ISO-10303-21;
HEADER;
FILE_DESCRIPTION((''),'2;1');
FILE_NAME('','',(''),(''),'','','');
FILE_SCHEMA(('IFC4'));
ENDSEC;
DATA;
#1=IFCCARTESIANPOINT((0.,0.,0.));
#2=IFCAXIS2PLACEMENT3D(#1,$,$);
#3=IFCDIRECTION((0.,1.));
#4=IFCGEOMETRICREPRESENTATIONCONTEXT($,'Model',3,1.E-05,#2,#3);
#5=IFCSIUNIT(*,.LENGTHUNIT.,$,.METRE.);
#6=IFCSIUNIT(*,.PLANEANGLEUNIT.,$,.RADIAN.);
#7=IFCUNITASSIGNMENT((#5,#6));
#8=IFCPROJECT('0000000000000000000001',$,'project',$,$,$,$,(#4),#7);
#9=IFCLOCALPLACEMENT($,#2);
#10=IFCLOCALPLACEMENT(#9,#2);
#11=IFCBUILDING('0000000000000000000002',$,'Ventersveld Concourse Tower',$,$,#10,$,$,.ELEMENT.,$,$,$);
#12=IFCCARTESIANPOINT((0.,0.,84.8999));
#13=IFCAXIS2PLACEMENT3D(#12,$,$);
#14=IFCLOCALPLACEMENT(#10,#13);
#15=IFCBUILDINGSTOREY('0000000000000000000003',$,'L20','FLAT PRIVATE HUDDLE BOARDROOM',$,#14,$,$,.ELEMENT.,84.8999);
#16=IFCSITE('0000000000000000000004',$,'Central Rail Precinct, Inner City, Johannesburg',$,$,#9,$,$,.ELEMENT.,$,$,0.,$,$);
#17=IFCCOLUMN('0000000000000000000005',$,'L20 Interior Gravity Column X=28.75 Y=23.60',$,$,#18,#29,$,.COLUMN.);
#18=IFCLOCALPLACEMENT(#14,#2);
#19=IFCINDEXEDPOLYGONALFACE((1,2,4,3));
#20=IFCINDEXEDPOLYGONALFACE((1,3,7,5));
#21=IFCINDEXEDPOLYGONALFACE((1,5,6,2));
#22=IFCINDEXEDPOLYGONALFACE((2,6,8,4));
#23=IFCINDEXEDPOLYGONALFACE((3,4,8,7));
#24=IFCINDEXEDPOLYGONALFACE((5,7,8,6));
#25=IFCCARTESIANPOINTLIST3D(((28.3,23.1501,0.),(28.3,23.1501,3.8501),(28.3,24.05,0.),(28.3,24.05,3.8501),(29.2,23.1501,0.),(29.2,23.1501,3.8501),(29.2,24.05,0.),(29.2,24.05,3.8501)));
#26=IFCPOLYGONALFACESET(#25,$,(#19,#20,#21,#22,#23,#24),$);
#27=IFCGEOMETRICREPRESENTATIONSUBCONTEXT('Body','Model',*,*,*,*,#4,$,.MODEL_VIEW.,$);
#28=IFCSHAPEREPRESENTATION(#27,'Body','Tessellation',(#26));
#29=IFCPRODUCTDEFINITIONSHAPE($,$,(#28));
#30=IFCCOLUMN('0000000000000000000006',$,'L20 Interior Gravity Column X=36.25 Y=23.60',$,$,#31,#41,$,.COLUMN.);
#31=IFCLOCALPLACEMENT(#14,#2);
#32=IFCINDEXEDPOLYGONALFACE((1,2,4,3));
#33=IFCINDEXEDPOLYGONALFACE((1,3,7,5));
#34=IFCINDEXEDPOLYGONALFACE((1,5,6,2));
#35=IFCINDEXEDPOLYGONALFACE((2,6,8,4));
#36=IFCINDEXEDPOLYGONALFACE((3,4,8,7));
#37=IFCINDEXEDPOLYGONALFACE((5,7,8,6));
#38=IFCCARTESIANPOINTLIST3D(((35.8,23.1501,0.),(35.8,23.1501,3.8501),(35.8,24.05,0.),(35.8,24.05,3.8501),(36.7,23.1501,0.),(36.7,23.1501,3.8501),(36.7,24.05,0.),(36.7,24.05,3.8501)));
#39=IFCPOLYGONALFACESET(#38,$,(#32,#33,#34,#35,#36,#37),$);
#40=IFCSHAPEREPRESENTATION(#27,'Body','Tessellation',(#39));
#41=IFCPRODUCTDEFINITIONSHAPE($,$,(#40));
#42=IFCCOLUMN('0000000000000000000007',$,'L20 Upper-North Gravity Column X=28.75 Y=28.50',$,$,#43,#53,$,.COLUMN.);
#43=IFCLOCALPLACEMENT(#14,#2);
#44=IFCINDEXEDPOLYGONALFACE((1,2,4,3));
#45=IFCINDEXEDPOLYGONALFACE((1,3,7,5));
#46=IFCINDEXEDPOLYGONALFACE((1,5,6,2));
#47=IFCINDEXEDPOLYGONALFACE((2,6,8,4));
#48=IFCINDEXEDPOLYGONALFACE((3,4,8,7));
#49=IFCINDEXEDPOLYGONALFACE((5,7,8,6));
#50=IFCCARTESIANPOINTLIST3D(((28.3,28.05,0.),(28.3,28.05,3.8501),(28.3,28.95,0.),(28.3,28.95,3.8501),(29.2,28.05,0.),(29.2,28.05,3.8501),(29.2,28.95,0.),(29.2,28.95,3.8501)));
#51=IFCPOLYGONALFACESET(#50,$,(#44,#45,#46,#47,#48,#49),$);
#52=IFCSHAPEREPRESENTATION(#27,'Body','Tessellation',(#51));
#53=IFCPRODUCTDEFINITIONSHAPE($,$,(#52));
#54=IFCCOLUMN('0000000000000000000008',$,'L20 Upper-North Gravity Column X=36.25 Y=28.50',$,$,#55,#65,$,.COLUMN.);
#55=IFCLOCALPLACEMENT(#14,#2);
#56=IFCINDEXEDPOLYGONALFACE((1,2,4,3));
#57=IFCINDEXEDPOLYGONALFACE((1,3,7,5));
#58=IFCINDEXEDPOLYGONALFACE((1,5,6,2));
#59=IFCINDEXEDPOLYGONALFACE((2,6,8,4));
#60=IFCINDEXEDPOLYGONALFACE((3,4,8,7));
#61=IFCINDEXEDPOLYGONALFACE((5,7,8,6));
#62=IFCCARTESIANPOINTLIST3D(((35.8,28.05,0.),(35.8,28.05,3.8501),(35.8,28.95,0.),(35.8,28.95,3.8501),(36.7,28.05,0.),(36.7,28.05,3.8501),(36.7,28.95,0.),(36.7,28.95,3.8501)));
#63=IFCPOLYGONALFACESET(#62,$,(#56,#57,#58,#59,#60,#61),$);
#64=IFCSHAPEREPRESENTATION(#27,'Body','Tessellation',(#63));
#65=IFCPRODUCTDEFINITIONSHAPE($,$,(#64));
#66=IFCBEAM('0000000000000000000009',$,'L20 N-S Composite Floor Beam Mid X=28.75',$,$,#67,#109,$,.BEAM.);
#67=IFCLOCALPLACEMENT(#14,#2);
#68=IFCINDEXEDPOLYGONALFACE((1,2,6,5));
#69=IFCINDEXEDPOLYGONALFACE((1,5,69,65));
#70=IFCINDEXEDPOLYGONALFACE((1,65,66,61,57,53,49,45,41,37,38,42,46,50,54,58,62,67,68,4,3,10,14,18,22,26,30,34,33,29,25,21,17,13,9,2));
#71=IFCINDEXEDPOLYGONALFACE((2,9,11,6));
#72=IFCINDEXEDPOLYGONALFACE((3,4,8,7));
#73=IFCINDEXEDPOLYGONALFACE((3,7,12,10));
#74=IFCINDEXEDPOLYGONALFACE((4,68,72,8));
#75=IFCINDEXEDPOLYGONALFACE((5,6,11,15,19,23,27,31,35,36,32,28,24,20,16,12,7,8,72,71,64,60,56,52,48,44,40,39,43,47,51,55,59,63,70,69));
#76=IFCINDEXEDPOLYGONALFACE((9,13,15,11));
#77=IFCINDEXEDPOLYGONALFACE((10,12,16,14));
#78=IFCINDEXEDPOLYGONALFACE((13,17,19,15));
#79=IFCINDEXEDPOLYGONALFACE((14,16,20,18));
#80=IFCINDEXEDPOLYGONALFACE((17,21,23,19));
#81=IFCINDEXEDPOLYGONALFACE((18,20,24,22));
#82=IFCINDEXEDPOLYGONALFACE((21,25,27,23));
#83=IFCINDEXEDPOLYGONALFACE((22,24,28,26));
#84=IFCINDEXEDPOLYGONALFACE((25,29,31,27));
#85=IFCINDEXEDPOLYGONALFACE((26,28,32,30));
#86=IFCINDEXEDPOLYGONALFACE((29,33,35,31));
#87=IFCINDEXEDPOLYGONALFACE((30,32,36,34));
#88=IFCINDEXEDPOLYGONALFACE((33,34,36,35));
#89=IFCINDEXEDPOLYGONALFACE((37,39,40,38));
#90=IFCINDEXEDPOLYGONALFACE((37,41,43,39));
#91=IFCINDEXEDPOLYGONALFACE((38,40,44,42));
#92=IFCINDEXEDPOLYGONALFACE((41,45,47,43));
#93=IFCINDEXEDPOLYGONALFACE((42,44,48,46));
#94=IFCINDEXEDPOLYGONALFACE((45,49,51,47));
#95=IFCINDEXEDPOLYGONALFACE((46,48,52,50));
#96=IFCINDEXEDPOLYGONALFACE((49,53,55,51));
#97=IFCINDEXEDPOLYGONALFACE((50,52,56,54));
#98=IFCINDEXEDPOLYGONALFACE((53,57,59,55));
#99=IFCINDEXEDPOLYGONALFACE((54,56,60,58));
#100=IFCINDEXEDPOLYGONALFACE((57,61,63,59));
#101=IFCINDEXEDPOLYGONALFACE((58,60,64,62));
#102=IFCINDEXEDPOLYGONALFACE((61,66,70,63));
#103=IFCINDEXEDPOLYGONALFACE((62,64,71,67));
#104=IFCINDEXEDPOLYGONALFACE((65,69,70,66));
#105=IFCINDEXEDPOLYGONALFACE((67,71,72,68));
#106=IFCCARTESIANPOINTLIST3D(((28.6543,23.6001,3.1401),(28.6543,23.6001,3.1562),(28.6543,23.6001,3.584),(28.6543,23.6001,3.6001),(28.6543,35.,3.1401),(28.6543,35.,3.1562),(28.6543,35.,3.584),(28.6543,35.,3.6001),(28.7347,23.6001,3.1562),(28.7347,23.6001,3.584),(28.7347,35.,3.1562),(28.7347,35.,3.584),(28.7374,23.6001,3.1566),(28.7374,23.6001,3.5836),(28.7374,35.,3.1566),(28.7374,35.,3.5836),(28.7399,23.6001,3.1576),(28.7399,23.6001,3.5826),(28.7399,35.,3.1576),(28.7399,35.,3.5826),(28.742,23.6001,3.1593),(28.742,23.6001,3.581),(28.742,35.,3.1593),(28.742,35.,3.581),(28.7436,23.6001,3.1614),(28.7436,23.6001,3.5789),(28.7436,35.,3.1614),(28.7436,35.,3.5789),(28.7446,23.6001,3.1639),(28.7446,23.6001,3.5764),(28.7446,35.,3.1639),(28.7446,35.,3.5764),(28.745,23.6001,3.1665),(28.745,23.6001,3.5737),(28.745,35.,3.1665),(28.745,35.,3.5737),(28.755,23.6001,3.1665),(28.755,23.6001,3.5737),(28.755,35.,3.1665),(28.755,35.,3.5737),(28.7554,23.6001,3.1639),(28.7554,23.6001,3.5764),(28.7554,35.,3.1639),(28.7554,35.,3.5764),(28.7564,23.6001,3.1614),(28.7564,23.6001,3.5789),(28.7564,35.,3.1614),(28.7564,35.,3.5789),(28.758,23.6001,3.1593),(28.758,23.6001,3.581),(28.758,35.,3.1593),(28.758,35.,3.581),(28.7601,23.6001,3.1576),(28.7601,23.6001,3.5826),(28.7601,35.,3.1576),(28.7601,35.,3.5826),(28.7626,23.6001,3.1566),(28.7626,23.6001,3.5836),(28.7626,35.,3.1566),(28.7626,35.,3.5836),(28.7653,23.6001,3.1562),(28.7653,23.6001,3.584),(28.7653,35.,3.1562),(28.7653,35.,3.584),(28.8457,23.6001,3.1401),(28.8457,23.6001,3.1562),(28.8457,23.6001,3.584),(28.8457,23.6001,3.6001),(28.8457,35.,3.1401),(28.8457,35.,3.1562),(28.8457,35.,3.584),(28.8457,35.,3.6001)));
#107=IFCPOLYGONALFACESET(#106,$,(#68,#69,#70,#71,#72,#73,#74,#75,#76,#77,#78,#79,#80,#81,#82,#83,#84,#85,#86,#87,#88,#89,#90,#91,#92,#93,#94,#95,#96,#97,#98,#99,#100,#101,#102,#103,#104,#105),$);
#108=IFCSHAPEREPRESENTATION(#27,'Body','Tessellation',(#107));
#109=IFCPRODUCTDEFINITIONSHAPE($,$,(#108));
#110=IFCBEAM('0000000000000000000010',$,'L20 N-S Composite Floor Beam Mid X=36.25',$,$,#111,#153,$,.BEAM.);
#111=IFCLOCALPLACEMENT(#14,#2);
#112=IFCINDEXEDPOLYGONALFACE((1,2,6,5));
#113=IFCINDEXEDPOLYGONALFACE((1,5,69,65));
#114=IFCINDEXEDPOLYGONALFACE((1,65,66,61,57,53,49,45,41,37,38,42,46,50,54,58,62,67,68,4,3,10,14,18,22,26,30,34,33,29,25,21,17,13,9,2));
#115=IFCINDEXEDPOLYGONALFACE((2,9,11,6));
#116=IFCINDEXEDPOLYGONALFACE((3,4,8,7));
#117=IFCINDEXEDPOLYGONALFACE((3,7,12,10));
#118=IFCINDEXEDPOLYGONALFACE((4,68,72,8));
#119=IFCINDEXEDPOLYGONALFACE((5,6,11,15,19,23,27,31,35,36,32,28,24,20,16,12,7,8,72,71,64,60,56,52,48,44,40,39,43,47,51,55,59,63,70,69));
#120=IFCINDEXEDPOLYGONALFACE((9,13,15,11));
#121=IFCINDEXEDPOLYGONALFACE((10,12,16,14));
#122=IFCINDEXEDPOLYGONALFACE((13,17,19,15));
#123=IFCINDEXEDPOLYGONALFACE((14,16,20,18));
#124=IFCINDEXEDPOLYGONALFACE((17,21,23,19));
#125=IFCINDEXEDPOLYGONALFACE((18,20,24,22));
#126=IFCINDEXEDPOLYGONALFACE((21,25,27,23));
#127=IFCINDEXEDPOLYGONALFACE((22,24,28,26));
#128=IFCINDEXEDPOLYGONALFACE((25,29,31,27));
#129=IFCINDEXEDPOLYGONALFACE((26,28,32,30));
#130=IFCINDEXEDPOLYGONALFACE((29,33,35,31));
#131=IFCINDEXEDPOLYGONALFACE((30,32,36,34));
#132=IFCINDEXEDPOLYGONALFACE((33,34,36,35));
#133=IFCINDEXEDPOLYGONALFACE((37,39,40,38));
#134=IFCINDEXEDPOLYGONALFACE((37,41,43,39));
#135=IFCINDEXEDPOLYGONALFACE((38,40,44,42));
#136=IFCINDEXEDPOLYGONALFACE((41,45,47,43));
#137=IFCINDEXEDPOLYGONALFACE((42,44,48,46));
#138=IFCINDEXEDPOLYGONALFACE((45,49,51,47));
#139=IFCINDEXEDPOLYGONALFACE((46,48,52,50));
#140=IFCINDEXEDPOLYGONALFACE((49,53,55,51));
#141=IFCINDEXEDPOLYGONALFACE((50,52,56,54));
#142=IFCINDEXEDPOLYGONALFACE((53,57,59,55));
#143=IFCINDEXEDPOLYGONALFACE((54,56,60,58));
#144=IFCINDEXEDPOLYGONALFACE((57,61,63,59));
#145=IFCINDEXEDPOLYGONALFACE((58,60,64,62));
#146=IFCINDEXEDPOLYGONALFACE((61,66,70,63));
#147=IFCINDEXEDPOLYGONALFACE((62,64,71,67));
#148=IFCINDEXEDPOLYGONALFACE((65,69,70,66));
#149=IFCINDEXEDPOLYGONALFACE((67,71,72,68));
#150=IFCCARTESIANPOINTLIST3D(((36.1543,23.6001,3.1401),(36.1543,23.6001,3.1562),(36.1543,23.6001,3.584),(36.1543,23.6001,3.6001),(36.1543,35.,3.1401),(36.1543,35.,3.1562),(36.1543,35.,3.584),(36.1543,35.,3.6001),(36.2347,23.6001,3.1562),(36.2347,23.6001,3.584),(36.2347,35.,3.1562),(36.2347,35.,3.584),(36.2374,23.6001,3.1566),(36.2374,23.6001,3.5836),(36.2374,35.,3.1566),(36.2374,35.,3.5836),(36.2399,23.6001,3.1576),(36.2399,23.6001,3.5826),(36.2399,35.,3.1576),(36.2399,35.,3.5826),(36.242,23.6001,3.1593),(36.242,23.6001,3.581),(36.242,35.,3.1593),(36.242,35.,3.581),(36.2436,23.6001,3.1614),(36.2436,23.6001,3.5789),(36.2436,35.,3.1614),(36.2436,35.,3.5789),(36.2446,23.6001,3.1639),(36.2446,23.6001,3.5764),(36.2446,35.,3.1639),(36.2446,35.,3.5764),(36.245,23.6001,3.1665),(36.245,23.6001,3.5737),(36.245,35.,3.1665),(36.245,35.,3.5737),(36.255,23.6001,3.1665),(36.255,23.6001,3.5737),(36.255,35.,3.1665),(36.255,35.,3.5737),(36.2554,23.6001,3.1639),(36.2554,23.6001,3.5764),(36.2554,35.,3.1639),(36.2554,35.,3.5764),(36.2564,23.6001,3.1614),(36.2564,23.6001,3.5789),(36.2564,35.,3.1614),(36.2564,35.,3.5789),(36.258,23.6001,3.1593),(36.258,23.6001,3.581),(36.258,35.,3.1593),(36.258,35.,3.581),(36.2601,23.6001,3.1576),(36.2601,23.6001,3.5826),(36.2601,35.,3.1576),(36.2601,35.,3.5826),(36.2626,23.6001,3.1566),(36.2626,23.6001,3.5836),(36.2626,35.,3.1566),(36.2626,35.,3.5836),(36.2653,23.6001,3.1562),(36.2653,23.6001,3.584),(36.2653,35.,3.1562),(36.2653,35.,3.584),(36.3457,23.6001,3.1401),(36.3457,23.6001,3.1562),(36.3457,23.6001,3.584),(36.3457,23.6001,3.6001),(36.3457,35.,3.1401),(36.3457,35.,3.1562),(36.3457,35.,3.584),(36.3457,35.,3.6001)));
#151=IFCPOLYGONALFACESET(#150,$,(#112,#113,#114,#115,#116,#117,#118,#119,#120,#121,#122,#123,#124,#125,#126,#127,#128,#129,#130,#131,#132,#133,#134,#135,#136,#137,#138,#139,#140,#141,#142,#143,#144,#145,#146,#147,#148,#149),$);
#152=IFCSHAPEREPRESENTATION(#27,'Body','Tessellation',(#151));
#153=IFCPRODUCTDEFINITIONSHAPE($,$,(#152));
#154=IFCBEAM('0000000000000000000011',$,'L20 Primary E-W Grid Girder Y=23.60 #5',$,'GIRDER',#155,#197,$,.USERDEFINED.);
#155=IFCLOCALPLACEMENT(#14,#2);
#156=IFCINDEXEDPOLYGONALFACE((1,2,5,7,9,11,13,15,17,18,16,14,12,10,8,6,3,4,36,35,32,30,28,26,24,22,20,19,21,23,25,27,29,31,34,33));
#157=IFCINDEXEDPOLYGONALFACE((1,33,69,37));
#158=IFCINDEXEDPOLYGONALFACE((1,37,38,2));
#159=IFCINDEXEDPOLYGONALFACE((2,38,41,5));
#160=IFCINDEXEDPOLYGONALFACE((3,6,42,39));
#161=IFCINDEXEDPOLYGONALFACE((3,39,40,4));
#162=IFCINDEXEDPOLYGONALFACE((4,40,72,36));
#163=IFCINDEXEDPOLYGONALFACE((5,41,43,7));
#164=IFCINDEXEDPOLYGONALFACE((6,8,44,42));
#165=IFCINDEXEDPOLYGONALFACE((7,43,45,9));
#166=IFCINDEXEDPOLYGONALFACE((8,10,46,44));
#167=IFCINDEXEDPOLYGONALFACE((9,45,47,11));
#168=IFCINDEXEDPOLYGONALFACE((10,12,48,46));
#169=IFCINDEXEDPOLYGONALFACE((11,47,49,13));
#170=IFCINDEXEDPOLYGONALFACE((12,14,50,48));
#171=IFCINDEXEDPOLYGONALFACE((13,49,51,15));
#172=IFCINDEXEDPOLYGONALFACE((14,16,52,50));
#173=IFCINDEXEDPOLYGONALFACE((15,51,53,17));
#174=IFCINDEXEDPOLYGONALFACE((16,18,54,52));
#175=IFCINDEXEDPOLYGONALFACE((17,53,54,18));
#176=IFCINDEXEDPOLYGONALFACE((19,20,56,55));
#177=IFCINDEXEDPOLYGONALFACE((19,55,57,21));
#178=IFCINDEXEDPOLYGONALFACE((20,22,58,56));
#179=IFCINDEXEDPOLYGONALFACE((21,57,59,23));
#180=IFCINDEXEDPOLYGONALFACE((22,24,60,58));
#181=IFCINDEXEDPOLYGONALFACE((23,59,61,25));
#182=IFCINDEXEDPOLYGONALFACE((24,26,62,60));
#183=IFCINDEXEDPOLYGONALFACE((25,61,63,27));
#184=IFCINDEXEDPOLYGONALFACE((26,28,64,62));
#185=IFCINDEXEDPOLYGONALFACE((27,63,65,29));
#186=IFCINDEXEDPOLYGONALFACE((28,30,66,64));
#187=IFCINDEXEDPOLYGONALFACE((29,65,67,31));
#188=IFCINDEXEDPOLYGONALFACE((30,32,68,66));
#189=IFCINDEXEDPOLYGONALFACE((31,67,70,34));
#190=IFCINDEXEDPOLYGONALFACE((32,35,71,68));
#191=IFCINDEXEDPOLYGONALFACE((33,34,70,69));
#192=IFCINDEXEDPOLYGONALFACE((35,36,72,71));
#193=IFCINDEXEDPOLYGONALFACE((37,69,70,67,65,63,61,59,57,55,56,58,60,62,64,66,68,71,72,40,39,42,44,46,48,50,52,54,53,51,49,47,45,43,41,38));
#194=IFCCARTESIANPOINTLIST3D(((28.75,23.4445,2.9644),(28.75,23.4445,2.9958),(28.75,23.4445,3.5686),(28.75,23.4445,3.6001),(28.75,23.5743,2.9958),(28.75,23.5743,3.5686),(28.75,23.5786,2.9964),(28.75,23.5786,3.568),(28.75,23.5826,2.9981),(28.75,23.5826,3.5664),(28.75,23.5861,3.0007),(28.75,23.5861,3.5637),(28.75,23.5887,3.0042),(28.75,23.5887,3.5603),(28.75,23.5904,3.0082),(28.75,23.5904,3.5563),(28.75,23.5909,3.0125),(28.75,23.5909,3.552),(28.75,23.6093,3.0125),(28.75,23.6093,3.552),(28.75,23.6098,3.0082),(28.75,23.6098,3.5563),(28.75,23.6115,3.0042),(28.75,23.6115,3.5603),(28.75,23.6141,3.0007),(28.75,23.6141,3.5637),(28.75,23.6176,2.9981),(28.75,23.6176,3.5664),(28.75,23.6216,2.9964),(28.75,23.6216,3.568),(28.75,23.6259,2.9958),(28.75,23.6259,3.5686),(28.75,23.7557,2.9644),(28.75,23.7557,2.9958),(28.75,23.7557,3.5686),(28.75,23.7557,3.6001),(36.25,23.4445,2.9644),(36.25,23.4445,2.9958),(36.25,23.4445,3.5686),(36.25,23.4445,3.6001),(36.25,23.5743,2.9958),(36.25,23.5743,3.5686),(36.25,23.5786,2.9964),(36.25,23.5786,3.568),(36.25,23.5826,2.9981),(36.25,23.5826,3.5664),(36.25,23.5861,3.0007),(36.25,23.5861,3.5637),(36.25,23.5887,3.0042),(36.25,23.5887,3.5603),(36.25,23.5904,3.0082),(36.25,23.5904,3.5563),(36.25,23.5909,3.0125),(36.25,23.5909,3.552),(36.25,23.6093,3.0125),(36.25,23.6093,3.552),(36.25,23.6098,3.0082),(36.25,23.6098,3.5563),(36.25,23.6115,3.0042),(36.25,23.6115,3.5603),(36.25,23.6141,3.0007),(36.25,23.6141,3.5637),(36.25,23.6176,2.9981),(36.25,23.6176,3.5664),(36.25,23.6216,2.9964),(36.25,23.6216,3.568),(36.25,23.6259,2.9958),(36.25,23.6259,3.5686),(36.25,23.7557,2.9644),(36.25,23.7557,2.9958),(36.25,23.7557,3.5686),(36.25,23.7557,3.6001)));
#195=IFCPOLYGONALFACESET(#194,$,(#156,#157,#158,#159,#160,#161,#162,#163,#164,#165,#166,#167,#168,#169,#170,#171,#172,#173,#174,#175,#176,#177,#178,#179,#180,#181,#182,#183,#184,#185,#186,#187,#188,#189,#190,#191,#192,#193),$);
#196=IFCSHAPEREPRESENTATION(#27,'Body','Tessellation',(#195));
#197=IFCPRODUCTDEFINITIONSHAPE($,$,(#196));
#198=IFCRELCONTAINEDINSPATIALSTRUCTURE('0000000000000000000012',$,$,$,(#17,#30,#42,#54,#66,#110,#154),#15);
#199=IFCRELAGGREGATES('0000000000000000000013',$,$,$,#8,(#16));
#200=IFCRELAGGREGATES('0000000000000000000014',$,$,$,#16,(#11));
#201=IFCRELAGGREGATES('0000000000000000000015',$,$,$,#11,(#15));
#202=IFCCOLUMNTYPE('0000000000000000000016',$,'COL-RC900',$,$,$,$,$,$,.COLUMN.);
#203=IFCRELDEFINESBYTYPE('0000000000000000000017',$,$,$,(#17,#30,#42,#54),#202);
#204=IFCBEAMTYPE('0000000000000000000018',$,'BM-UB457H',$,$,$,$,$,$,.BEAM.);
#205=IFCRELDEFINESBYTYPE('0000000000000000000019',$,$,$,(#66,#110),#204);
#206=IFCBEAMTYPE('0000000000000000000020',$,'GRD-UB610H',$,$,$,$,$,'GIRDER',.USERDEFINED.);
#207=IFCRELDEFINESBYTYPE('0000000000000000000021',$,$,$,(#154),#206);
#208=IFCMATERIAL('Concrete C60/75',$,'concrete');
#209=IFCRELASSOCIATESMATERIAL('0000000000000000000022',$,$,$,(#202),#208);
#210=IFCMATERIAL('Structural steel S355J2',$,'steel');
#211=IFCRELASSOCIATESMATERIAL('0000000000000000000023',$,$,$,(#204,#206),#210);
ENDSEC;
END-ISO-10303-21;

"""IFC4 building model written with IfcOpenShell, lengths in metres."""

from ifc_helpers import new_model, si_unit, direction, frame, origin, origin_2d, place, context, subcontext, project, spatial, rectangle, i_section, extrude, material, material_profile, profile_set, type_object, element, save


model = new_model("IFC4")

# Units and contexts
model_context = context("Model", 3, precision=1e-05, world=origin(), true_north=direction((0.0, 1.0)))
body_context = subcontext(model_context, "Body", "Model", "MODEL_VIEW")
ifc_project = project(units=[si_unit("LENGTHUNIT", "METRE"), si_unit("PLANEANGLEUNIT", "RADIAN")], contexts=[model_context])

# Site, building, storey
site_placement = place(None, origin())
site = spatial("IfcSite", under=ifc_project, at=site_placement, Name="Central Rail Precinct, Inner City, Johannesburg", CompositionType="ELEMENT", RefElevation=0.0)
building_placement = place(site_placement, origin())
building = spatial("IfcBuilding", under=site, at=building_placement, Name="Ventersveld Concourse Tower", CompositionType="ELEMENT")
storey_placement = place(building_placement, frame((0.0, 0.0, 84.8999)))
storey = spatial("IfcBuildingStorey", under=building, at=storey_placement, Name="L20", Description="FLAT PRIVATE HUDDLE BOARDROOM", CompositionType="ELEMENT", Elevation=84.8999)

# Columns
ifc_material_1 = material(Name="Concrete C60/75", Category="concrete")
ifc_material_profile_1 = material_profile(ifc_material_1, rectangle(XDim=0.8999, YDim=0.8999, at=origin_2d()), Name="RC 900x900")
ifc_profile_set_1 = profile_set([ifc_material_profile_1], Name="Concrete C60/75")
column_type = type_object("IfcColumnType", Name="COL-RC900", PredefinedType="COLUMN", material=ifc_profile_set_1)
for number, where, z_axis, x_axis, name in (
    (1, (28.75, 23.6001, 0.0), (0.0, 0.0, 1.0), (1.0, 0.0, 0.0), "L20 Interior Gravity Column X=28.75 Y=23.60"),
    (2, (36.25, 23.6001, 0.0), (0.0, 0.0, 1.0), (1.0, 0.0, 0.0), "L20 Interior Gravity Column X=36.25 Y=23.60"),
    (3, (28.75, 28.5, 0.0), (0.0, 0.0, 1.0), (1.0, 0.0, 0.0), "L20 Upper-North Gravity Column X=28.75 Y=28.50"),
    (4, (36.25, 28.5, 0.0), (0.0, 0.0, 1.0), (1.0, 0.0, 0.0), "L20 Upper-North Gravity Column X=36.25 Y=28.50"),
):
    element("IfcColumn", number, at=place(storey_placement, frame(where, z_axis=z_axis, x_axis=x_axis)), inside=storey, type_object=column_type, Name=name, PredefinedType="COLUMN", context=body_context, shape_type="SweptSolid", body=[
        extrude(rectangle(XDim=0.8999, YDim=0.8999, at=origin_2d()), origin(), (0.0, 0.0, 1.0), 3.8501),
    ])

# Beams
ifc_material_2 = material(Name="Structural steel S355J2", Category="steel")
ifc_material_profile_2 = material_profile(ifc_material_2, i_section(OverallWidth=0.1914, OverallDepth=0.46, WebThickness=0.01, FlangeThickness=0.0161, FilletRadius=0.0103, at=origin_2d()), Name="UB 457x191x82")
ifc_profile_set_2 = profile_set([ifc_material_profile_2], Name="Structural steel S355J2")
beam_type_1 = type_object("IfcBeamType", Name="BM-UB457H", PredefinedType="BEAM", material=ifc_profile_set_2)
for number, where, z_axis, x_axis, name in (
    (5, (28.75, 23.6001, 3.3701), (0.0, 1.0, 0.0), (-1.0, 0.0, 0.0), "L20 N-S Composite Floor Beam Mid X=28.75"),
    (6, (36.25, 23.6001, 3.3701), (0.0, 1.0, 0.0), (-1.0, 0.0, 0.0), "L20 N-S Composite Floor Beam Mid X=36.25"),
):
    element("IfcBeam", number, at=place(storey_placement, frame(where, z_axis=z_axis, x_axis=x_axis)), inside=storey, type_object=beam_type_1, Name=name, PredefinedType="BEAM", context=body_context, shape_type="SweptSolid", body=[
        extrude(i_section(OverallWidth=0.1914, OverallDepth=0.46, WebThickness=0.01, FlangeThickness=0.0161, FilletRadius=0.0103, at=origin_2d()), origin(), (0.0, 0.0, 1.0), 11.3999),
    ])
ifc_material_profile_3 = material_profile(ifc_material_2, i_section(OverallWidth=0.3113, OverallDepth=0.6357, WebThickness=0.0183, FlangeThickness=0.0315, FilletRadius=0.0166, at=origin_2d()), Name="UB 610x305x238")
ifc_profile_set_3 = profile_set([ifc_material_profile_3], Name="Structural steel S355J2")
beam_type_2 = type_object("IfcBeamType", Name="GRD-UB610H", ElementType="GIRDER", PredefinedType="USERDEFINED", material=ifc_profile_set_3)
for number, where, z_axis, x_axis, name in (
    (7, (28.75, 23.6001, 3.2822), (1.0, 0.0, 0.0), (0.0, 1.0, 0.0), "L20 Primary E-W Grid Girder Y=23.60 #5"),
):
    element("IfcBeam", number, at=place(storey_placement, frame(where, z_axis=z_axis, x_axis=x_axis)), inside=storey, type_object=beam_type_2, Name=name, ObjectType="GIRDER", PredefinedType="USERDEFINED", context=body_context, shape_type="SweptSolid", body=[
        extrude(i_section(OverallWidth=0.3113, OverallDepth=0.6357, WebThickness=0.0183, FlangeThickness=0.0315, FilletRadius=0.0166, at=origin_2d()), origin(), (0.0, 0.0, 1.0), 7.5),
    ])

save(model, "model.ifc")
